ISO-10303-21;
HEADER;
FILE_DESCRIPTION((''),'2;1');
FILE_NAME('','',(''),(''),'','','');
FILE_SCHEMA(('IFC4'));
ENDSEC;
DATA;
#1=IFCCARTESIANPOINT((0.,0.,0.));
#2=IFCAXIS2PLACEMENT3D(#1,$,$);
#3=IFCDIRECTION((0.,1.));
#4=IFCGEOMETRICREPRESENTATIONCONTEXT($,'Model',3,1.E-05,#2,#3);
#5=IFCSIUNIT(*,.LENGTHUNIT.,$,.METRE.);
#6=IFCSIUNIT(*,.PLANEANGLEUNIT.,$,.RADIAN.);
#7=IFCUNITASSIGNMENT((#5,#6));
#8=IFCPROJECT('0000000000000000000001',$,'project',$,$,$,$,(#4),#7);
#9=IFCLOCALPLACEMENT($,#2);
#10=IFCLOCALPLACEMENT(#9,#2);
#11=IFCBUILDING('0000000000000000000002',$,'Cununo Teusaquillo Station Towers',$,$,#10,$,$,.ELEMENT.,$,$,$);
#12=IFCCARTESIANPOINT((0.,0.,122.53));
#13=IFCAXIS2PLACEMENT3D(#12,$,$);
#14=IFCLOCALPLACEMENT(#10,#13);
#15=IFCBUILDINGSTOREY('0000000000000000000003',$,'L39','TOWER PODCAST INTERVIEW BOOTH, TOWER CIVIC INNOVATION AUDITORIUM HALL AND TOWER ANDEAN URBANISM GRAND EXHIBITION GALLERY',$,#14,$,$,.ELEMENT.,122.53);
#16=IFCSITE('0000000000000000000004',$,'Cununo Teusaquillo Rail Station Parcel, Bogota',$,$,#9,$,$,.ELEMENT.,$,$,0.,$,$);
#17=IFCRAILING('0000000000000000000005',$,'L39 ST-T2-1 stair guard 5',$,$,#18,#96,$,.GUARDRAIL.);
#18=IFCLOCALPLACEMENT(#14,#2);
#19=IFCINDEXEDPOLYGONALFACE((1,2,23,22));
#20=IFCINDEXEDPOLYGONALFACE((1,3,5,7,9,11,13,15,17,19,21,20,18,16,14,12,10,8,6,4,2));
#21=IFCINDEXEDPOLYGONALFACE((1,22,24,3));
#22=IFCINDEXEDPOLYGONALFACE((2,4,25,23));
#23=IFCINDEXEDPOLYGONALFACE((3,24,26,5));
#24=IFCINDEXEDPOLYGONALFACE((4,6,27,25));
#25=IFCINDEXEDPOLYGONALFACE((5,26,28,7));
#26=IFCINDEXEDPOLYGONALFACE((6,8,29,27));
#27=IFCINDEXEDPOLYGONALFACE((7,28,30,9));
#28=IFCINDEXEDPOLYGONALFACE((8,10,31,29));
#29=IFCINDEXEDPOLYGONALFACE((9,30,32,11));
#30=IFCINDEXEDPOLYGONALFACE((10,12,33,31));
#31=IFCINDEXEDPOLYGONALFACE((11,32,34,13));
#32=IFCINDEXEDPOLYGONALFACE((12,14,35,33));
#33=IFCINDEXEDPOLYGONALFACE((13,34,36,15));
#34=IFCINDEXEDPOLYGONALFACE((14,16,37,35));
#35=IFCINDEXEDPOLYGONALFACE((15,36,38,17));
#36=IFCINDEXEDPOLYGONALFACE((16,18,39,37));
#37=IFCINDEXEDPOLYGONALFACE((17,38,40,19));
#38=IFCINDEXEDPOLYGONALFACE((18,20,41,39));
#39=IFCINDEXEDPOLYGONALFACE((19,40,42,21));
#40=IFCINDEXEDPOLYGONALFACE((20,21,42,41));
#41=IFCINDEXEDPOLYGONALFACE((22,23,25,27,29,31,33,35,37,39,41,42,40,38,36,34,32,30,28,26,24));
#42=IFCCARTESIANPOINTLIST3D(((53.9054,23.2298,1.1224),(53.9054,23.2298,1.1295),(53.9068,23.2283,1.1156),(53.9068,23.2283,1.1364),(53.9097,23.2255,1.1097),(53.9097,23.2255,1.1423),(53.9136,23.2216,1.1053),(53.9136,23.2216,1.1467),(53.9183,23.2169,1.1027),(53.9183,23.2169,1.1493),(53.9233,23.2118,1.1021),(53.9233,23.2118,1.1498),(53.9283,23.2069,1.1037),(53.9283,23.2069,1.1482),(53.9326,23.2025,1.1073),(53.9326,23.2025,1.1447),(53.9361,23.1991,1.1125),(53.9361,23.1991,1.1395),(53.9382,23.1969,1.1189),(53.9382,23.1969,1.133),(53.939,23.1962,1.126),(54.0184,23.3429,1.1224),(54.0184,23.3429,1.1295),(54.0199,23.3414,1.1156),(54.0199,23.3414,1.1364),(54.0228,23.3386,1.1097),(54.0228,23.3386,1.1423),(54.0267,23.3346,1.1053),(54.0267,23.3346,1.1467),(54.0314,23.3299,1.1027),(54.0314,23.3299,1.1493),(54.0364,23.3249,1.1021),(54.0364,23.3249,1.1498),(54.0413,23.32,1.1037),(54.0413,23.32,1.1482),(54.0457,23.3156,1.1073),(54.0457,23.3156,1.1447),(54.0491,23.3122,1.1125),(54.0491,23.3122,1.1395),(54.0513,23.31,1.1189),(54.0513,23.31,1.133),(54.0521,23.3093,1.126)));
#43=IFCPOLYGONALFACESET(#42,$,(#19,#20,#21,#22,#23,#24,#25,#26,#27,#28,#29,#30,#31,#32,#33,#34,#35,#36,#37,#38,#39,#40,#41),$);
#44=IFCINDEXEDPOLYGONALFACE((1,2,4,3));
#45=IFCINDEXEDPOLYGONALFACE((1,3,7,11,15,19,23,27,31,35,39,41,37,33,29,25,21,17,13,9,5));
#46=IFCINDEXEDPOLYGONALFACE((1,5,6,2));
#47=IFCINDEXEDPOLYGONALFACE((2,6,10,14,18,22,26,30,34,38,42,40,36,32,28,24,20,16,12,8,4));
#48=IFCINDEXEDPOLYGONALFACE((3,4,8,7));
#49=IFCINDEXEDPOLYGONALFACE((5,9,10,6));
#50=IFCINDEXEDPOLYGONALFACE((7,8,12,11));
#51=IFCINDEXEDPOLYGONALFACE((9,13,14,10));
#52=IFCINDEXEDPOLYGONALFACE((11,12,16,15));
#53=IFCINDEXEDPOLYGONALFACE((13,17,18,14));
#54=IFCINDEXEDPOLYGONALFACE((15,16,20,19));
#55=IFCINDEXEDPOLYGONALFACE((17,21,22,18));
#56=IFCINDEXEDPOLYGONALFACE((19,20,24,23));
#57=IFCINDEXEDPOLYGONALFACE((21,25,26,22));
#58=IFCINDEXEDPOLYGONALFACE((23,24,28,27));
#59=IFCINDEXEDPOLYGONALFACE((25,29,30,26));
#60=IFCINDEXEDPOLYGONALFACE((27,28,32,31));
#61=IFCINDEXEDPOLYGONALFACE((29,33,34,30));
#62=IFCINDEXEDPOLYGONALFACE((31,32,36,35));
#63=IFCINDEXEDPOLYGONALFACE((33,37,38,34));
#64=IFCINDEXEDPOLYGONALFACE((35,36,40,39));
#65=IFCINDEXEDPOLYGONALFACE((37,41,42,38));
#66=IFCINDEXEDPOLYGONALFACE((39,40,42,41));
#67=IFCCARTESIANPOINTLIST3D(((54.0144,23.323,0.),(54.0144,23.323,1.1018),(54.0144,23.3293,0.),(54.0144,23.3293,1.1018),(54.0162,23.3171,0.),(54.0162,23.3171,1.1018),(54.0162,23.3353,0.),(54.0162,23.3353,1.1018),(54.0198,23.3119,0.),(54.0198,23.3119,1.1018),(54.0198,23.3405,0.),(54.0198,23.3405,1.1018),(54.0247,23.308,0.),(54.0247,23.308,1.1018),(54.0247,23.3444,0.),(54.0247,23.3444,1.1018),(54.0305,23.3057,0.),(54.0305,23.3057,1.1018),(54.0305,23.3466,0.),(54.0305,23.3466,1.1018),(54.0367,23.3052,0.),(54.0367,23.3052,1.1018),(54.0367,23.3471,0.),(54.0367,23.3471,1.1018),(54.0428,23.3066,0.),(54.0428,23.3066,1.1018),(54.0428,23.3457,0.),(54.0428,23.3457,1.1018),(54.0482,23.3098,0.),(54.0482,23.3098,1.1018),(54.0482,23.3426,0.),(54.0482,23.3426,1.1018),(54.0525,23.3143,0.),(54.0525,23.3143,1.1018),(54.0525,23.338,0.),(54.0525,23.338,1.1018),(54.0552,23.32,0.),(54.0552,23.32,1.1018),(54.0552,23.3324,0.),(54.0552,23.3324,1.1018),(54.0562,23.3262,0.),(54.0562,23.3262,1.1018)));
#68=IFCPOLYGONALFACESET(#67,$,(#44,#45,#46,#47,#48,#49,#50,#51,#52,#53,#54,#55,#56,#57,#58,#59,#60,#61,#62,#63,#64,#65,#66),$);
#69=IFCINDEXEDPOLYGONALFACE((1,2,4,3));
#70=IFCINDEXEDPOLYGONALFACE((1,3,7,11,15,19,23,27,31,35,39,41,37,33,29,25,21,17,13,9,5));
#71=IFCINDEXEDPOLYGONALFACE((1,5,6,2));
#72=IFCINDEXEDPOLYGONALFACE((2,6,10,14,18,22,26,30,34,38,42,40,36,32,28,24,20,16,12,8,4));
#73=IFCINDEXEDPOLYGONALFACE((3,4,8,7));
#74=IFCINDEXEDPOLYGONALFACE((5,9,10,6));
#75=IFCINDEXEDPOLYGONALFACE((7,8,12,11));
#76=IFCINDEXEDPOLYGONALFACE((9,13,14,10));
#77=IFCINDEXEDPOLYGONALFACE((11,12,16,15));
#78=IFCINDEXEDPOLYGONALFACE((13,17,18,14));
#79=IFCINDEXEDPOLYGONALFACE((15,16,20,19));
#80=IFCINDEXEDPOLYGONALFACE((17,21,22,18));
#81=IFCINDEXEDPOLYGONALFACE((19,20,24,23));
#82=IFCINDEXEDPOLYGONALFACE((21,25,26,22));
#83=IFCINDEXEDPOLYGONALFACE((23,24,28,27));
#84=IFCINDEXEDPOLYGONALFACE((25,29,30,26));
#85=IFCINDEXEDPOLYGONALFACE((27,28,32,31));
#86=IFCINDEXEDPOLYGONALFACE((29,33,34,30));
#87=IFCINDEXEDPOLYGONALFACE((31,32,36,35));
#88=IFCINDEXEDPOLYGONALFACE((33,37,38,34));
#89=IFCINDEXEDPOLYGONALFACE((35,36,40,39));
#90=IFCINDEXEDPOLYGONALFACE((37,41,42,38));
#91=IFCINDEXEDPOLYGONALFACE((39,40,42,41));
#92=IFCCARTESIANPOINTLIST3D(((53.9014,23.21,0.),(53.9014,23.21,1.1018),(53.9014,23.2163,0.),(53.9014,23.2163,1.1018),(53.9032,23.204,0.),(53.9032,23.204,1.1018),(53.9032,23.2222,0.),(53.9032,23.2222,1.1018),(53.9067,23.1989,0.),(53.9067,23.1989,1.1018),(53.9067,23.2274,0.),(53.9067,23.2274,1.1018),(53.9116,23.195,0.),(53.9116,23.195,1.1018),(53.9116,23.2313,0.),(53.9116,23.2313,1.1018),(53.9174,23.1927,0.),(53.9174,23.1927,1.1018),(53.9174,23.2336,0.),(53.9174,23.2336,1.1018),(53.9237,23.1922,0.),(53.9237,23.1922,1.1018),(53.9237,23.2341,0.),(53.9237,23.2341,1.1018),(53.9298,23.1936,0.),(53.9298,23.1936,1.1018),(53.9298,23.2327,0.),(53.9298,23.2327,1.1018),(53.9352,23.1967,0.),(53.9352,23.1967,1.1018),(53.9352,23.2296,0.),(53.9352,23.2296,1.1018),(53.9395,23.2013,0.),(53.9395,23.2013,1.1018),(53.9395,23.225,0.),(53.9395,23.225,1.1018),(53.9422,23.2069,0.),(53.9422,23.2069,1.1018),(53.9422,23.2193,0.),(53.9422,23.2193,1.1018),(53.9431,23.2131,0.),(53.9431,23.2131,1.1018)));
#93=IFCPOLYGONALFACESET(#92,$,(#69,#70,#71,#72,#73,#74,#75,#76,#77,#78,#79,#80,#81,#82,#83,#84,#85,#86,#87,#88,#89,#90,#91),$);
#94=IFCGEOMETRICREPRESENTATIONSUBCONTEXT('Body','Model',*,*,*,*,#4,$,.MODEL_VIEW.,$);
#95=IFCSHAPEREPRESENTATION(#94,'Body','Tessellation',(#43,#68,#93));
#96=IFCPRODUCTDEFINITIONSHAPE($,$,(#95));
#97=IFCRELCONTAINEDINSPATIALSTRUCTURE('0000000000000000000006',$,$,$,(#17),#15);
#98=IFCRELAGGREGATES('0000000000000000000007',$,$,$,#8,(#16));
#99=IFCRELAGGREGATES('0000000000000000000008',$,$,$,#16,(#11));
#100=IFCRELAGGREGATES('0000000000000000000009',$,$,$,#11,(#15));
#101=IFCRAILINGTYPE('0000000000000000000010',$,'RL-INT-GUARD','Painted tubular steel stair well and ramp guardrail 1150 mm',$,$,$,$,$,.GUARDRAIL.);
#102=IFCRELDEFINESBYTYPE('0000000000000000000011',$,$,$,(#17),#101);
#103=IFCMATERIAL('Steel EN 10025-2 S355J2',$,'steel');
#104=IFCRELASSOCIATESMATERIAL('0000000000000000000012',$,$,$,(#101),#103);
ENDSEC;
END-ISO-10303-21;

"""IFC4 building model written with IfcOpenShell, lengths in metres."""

from ifc_helpers import new_model, si_unit, direction, frame, origin, origin_2d, place, context, subcontext, project, spatial, circle, extrude, material, type_object, element, save


model = new_model("IFC4")

# Units and contexts
model_context = context("Model", 3, precision=1e-05, world=origin(), true_north=direction((0.0, 1.0)))
body_context = subcontext(model_context, "Body", "Model", "MODEL_VIEW")
ifc_project = project(units=[si_unit("LENGTHUNIT", "METRE"), si_unit("PLANEANGLEUNIT", "RADIAN")], contexts=[model_context])

# Site, building, storey
site_placement = place(None, origin())
site = spatial("IfcSite", under=ifc_project, at=site_placement, Name="Cununo Teusaquillo Rail Station Parcel, Bogota", CompositionType="ELEMENT", RefElevation=0.0)
building_placement = place(site_placement, origin())
building = spatial("IfcBuilding", under=site, at=building_placement, Name="Cununo Teusaquillo Station Towers", CompositionType="ELEMENT")
storey_placement = place(building_placement, frame((0.0, 0.0, 122.53)))
storey = spatial("IfcBuildingStorey", under=building, at=storey_placement, Name="L39", Description="TOWER PODCAST INTERVIEW BOOTH, TOWER CIVIC INNOVATION AUDITORIUM HALL AND TOWER ANDEAN URBANISM GRAND EXHIBITION GALLERY", CompositionType="ELEMENT", Elevation=122.53)

# Railing
ifc_material_1 = material(Name="Steel EN 10025-2 S355J2", Category="steel")
railing_type_1 = type_object("IfcRailingType", Name="RL-INT-GUARD", Description="Painted tubular steel stair well and ramp guardrail 1150 mm", PredefinedType="GUARDRAIL", material=ifc_material_1)
railing_1_placement = place(storey_placement, frame((54.0352, 23.3262, 0.0)))
element("IfcRailing", 1, at=railing_1_placement, inside=storey, type_object=railing_type_1, Name="L39 ST-T2-1 stair guard 5", PredefinedType="GUARDRAIL", context=body_context, shape_type="SweptSolid", body=[
    extrude(circle(Radius=0.0239, at=origin_2d()), frame((0.0, 0.0, 1.126), z_axis=(-0.707107, -0.707107, 0.0), x_axis=(0.707107, -0.707107, 0.0)), (0.0, 0.0, 1.0), 0.1599),
    extrude(circle(Radius=0.021, at=origin_2d()), origin(), (0.0, 0.0, 1.0), 1.1018),
    extrude(circle(Radius=0.021, at=origin_2d()), frame((-0.113, -0.113, 0.0)), (0.0, 0.0, 1.0), 1.1018),
])

save(model, "model.ifc")
